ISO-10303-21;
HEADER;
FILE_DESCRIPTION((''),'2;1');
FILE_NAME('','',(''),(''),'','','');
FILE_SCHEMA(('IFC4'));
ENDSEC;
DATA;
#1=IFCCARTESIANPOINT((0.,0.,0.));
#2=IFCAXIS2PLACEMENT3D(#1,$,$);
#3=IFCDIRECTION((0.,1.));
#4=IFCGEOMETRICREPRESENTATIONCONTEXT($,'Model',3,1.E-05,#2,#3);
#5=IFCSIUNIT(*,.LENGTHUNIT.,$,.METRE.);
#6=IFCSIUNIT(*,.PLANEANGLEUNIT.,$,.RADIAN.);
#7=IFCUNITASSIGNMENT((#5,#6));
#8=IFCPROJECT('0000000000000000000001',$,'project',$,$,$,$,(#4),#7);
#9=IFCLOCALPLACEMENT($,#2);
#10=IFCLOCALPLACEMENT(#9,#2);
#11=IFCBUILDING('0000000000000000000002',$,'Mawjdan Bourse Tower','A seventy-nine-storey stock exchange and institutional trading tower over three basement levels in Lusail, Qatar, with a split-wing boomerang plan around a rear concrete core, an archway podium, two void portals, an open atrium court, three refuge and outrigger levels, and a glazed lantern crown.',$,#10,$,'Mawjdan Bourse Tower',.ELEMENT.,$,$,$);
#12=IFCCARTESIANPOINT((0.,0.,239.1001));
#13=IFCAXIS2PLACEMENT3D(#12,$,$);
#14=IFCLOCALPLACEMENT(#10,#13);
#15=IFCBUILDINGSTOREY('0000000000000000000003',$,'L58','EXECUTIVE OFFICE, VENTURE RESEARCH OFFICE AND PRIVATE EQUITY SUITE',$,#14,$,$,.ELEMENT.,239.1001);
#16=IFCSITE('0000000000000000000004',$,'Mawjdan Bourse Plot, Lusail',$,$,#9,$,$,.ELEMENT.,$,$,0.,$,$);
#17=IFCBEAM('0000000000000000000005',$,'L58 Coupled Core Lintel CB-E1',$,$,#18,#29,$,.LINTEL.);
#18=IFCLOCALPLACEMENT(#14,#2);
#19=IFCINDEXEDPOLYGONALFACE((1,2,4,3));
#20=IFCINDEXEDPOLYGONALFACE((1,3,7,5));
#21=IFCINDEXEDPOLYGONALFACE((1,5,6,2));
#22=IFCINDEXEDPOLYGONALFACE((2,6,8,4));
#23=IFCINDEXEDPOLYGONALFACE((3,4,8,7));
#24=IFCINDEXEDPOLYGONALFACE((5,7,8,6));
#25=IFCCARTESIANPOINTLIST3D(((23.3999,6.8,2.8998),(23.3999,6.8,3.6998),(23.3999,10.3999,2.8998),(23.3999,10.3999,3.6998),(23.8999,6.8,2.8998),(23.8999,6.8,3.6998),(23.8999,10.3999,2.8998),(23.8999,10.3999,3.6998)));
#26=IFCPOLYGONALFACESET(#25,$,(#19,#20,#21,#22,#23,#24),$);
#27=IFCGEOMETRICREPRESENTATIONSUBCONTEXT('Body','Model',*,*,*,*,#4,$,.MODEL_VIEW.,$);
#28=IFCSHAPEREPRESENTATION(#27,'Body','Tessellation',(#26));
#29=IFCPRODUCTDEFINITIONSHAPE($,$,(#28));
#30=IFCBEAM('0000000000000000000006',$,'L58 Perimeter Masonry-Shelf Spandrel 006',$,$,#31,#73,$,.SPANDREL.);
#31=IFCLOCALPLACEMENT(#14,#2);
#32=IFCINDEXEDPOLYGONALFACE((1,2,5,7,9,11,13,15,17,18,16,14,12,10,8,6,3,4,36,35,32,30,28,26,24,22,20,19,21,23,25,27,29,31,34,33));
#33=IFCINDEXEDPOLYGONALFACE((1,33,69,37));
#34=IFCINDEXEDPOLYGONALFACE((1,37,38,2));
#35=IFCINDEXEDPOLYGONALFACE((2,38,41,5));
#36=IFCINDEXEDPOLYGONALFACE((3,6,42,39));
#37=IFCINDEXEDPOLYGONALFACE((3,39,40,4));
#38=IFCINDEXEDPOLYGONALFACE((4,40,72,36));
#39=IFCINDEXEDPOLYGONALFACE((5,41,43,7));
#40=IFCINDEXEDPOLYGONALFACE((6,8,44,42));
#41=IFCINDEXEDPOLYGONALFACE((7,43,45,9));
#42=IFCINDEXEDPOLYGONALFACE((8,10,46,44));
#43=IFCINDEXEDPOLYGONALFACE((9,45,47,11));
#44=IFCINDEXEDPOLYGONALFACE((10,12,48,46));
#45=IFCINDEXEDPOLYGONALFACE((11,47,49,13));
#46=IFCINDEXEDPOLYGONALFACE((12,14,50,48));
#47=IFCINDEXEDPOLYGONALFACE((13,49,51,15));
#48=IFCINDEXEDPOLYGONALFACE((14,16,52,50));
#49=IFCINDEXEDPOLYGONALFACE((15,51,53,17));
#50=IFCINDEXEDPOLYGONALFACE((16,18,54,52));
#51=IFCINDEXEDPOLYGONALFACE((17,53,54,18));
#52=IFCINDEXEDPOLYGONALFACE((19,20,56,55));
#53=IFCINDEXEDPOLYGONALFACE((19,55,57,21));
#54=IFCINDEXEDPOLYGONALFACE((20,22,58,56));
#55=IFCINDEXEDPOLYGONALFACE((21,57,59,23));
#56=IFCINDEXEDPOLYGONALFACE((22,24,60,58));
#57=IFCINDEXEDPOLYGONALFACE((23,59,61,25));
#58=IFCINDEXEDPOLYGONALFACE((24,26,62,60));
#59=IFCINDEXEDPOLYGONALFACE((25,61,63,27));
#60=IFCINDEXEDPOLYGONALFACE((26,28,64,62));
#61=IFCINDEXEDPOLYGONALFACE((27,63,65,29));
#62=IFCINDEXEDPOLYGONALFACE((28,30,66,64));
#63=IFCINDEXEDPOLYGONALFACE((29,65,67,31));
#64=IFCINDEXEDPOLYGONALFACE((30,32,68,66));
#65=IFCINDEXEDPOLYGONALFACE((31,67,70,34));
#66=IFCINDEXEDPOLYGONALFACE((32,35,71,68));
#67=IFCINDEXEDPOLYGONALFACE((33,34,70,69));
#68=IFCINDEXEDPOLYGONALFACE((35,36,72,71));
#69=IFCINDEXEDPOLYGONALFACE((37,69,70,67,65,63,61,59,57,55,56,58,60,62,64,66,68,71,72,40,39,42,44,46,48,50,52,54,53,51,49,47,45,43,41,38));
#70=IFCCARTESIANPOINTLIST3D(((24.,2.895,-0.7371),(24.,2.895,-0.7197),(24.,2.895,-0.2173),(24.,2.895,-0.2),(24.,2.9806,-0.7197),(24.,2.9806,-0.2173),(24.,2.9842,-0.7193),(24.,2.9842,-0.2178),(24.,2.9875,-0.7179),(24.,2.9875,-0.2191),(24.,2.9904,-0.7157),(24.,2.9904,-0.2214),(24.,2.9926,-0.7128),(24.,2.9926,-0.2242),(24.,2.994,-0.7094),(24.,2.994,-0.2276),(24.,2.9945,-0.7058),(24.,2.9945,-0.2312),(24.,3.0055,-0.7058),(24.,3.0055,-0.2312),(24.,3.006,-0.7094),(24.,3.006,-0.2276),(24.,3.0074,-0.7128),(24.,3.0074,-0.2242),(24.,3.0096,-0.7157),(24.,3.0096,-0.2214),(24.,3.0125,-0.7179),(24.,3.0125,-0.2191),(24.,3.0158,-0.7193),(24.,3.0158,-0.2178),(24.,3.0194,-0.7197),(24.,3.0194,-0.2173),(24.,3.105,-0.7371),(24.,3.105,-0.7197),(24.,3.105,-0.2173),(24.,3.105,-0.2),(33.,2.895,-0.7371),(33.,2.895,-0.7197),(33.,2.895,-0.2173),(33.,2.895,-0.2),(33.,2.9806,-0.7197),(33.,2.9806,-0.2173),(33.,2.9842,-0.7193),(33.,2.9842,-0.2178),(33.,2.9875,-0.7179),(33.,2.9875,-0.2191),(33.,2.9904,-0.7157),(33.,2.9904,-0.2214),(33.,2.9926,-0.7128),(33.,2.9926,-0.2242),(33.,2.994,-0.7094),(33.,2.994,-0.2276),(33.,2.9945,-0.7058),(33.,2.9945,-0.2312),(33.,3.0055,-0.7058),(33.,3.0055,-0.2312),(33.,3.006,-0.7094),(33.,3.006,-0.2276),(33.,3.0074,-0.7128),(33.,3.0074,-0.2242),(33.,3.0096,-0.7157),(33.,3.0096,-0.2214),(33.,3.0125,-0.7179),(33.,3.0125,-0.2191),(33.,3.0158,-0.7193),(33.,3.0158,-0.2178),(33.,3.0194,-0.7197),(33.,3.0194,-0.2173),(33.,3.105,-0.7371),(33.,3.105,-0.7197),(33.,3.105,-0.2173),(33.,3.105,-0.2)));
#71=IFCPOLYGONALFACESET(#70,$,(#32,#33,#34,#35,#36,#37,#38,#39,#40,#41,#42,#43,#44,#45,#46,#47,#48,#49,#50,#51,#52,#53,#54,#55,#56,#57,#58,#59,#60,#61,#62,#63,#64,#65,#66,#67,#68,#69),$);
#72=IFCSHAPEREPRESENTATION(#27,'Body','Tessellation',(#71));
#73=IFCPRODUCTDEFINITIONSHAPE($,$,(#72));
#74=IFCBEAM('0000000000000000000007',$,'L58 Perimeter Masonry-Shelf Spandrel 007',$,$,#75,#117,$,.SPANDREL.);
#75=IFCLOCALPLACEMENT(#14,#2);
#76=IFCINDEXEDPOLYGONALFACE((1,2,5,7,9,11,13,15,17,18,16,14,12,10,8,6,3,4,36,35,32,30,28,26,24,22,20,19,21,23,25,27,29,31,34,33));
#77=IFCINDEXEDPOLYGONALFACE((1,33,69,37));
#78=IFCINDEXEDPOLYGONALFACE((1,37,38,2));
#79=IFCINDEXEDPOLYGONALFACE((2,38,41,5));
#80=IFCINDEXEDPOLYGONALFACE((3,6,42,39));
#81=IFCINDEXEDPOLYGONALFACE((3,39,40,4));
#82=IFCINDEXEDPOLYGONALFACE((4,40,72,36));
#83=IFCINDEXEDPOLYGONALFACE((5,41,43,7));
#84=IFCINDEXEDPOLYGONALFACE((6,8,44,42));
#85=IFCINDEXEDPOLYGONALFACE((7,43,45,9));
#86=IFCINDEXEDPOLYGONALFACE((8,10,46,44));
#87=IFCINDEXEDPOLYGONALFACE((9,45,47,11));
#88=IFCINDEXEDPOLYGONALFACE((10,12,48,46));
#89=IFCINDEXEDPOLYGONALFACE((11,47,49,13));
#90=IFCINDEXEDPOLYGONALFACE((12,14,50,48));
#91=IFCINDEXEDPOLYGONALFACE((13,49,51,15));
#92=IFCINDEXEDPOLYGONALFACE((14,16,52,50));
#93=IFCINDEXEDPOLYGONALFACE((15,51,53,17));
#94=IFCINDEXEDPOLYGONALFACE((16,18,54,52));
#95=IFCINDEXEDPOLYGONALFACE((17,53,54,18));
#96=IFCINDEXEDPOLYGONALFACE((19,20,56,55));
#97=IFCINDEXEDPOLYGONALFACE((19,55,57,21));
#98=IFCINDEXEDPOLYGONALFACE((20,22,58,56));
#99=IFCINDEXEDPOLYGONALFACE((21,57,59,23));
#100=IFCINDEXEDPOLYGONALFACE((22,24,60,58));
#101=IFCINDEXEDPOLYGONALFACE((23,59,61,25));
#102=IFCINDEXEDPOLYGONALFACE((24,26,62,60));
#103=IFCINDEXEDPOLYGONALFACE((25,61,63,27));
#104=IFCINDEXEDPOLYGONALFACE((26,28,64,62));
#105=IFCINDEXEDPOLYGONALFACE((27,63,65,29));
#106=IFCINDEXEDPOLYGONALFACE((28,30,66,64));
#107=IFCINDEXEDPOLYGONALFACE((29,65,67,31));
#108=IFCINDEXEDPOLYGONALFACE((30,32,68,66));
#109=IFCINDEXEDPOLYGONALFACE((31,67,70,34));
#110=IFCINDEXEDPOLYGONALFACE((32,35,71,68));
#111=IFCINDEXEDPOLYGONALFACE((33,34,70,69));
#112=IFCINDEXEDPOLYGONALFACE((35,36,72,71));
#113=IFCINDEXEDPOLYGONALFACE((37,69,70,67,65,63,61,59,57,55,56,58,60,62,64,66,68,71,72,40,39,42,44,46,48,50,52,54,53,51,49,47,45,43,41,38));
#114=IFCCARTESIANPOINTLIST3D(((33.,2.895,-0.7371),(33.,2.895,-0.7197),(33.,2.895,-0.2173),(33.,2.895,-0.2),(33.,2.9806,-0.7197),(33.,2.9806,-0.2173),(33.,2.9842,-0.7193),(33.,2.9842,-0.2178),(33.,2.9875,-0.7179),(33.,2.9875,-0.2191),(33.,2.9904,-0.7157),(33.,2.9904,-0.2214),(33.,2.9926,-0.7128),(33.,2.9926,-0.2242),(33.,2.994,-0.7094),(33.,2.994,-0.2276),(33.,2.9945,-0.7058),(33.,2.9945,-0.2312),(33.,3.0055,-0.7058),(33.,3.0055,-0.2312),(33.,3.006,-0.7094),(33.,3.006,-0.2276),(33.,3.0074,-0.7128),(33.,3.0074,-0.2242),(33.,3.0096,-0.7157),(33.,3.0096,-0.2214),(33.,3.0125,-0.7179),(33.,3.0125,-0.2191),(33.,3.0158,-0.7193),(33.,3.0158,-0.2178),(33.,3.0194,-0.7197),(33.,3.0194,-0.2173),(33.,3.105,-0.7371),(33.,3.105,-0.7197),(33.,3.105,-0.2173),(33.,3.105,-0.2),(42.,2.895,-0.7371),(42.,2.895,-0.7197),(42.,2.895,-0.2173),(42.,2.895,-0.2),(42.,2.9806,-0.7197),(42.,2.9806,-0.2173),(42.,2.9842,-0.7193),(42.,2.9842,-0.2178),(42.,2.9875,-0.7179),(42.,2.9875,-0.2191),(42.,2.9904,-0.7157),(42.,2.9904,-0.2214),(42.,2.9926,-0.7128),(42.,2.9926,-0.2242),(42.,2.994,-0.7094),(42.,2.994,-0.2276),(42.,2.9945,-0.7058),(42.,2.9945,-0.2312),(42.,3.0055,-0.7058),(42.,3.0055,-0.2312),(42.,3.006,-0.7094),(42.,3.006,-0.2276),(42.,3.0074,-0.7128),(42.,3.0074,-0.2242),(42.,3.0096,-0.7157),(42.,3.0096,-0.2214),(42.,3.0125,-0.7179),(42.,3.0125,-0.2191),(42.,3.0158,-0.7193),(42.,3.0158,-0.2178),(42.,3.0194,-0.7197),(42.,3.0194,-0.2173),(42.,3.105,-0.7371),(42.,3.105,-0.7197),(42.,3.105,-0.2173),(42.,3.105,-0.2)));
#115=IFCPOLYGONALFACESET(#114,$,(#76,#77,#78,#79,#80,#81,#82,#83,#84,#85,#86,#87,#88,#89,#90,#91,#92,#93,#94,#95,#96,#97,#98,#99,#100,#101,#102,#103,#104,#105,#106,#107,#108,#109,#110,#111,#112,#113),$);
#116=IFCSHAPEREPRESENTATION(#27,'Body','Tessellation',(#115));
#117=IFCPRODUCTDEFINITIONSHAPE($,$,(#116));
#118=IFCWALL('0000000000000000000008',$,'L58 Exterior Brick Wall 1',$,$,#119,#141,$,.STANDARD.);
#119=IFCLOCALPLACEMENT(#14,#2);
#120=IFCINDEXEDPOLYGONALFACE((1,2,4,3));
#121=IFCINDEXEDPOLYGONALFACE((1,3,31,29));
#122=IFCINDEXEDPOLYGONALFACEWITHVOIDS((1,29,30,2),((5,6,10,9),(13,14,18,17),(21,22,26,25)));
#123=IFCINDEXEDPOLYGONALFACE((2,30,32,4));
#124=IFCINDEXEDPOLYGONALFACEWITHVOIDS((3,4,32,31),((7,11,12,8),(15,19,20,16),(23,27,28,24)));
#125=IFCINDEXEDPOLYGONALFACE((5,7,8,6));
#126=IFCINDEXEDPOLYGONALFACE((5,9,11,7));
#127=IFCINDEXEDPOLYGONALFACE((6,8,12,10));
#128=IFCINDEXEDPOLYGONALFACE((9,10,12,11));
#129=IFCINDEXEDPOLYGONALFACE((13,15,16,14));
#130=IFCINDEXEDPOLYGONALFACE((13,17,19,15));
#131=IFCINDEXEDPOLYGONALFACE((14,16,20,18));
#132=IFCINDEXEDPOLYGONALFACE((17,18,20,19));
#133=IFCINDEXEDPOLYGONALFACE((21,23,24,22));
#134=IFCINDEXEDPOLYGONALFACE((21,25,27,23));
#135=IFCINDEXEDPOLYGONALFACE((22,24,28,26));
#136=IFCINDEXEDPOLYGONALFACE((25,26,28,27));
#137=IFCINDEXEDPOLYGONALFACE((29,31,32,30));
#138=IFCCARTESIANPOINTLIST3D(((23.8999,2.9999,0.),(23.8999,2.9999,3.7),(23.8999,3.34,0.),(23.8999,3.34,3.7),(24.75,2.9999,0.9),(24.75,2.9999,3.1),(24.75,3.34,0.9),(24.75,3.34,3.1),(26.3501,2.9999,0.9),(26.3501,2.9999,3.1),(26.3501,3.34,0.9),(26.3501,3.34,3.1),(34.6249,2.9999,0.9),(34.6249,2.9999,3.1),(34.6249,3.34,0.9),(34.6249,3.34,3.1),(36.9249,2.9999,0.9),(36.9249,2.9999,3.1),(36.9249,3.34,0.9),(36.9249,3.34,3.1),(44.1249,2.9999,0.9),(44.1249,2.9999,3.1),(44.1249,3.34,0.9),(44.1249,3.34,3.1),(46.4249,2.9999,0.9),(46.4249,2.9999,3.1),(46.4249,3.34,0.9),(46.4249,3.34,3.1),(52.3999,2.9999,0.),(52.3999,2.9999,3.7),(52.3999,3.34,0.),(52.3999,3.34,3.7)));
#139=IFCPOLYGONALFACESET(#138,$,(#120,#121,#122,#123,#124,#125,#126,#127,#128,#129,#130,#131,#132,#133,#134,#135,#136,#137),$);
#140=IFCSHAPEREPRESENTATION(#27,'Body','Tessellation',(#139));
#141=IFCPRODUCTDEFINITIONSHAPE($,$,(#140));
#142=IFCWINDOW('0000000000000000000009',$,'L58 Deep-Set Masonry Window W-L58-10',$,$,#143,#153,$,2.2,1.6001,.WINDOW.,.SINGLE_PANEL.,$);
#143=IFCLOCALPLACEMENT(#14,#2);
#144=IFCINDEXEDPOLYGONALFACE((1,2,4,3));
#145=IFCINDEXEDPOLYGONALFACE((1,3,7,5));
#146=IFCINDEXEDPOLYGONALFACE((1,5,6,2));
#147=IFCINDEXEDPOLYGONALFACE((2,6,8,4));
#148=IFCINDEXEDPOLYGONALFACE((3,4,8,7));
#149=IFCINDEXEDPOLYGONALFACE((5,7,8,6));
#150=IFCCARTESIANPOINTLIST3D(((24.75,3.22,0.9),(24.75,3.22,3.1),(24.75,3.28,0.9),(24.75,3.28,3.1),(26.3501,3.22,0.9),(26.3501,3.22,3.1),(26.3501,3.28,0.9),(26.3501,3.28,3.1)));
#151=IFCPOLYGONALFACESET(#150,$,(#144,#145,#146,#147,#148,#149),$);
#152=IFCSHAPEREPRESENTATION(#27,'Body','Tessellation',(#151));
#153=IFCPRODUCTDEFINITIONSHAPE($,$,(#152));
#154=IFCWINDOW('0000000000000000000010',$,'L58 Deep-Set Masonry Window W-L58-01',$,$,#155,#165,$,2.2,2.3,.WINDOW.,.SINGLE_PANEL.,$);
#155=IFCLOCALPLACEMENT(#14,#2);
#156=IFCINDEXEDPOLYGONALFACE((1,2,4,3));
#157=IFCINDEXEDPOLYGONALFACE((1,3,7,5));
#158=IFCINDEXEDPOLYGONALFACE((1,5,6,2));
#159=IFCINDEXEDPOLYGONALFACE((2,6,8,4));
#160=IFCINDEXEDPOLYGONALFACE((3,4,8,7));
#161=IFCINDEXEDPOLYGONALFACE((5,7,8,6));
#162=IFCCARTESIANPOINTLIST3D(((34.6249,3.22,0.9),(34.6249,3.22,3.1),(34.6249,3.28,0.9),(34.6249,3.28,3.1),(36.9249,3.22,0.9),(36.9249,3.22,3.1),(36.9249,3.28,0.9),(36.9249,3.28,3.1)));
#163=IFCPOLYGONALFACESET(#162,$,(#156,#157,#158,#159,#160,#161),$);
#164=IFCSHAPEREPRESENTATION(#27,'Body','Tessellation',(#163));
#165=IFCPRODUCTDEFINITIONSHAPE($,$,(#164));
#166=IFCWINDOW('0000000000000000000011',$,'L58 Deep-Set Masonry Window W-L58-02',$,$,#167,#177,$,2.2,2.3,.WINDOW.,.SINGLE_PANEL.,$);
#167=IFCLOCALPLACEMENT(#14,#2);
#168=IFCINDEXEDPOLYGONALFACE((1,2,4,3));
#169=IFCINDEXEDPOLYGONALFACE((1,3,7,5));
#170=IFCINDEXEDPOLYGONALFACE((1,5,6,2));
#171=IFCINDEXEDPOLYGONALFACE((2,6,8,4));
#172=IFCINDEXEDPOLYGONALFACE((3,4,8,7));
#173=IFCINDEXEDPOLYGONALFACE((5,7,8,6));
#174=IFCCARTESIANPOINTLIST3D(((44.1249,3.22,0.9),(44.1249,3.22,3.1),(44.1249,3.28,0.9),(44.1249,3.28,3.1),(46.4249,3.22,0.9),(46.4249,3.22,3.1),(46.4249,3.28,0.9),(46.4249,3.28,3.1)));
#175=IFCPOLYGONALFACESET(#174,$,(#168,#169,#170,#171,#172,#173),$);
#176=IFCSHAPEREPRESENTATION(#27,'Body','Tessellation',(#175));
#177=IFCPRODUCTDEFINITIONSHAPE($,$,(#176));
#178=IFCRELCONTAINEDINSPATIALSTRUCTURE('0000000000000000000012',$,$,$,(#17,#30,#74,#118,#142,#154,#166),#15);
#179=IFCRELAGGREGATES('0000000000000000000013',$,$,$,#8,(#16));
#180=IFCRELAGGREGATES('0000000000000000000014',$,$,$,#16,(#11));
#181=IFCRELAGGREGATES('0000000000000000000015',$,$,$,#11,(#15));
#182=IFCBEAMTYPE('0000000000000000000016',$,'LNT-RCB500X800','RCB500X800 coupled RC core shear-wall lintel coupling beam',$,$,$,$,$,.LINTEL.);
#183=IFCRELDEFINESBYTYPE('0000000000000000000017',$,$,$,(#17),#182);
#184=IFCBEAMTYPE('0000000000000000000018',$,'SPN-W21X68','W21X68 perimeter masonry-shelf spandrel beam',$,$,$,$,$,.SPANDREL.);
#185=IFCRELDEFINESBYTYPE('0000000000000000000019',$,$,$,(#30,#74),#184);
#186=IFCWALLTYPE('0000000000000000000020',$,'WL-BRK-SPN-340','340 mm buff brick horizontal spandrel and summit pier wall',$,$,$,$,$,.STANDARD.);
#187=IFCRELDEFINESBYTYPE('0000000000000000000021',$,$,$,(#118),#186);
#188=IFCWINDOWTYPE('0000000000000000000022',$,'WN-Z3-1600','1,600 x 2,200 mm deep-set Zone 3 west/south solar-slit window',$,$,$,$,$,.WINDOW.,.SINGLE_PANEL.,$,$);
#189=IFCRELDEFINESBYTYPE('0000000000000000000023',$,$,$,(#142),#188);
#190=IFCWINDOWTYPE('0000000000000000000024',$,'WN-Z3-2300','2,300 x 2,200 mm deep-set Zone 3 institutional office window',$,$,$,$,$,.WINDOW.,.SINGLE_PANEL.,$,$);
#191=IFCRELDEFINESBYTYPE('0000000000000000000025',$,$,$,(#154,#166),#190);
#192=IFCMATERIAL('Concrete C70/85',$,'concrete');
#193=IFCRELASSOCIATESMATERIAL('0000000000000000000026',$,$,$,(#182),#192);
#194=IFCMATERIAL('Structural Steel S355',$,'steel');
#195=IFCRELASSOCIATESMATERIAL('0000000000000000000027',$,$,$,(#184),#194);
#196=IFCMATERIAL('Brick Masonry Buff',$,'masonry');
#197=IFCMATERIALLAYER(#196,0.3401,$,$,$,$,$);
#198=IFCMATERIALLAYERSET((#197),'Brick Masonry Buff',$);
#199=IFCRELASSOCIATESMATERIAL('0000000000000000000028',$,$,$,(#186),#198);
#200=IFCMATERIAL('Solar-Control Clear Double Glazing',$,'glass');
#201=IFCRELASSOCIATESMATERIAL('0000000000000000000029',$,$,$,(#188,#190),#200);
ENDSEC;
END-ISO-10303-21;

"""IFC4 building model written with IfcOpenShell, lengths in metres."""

from ifc_helpers import new_model, si_unit, direction, frame, frame_2d, origin, origin_2d, place, context, subcontext, project, spatial, rectangle, i_section, extrude, material, layer, layer_set, material_profile, profile_set, type_object, element, fill, save


model = new_model("IFC4")

# Units and contexts
model_context = context("Model", 3, precision=1e-05, world=origin(), true_north=direction((0.0, 1.0)))
body_context = subcontext(model_context, "Body", "Model", "MODEL_VIEW")
ifc_project = project(units=[si_unit("LENGTHUNIT", "METRE"), si_unit("PLANEANGLEUNIT", "RADIAN")], contexts=[model_context])

# Site, building, storey
site_placement = place(None, origin())
site = spatial("IfcSite", under=ifc_project, at=site_placement, Name="Mawjdan Bourse Plot, Lusail", CompositionType="ELEMENT", RefElevation=0.0)
building_placement = place(site_placement, origin())
building = spatial("IfcBuilding", under=site, at=building_placement, Name="Mawjdan Bourse Tower", Description="A seventy-nine-storey stock exchange and institutional trading tower over three basement levels in Lusail, Qatar, with a split-wing boomerang plan around a rear concrete core, an archway podium, two void portals, an open atrium court, three refuge and outrigger levels, and a glazed lantern crown.", LongName="Mawjdan Bourse Tower", CompositionType="ELEMENT")
storey_placement = place(building_placement, frame((0.0, 0.0, 239.1001)))
storey = spatial("IfcBuildingStorey", under=building, at=storey_placement, Name="L58", Description="EXECUTIVE OFFICE, VENTURE RESEARCH OFFICE AND PRIVATE EQUITY SUITE", CompositionType="ELEMENT", Elevation=239.1001)

# Beams
ifc_material_1 = material(Name="Structural Steel S355", Category="steel")
ifc_material_2 = material(Name="Concrete C70/85", Category="concrete")
ifc_material_profile_1 = material_profile(ifc_material_2, rectangle(XDim=0.5, YDim=0.8, at=origin_2d()), Name="RCB500X800")
ifc_profile_set_1 = profile_set([ifc_material_profile_1], Name="Concrete C70/85")
beam_type_1 = type_object("IfcBeamType", Name="LNT-RCB500X800", Description="RCB500X800 coupled RC core shear-wall lintel coupling beam", PredefinedType="LINTEL", material=ifc_profile_set_1)
beam_1_placement = place(storey_placement, frame((23.6499, 6.8, 3.2998), z_axis=(0.0, 1.0, 0.0), x_axis=(-1.0, 0.0, 0.0)))
element("IfcBeam", 1, at=beam_1_placement, inside=storey, type_object=beam_type_1, Name="L58 Coupled Core Lintel CB-E1", PredefinedType="LINTEL", context=body_context, shape_type="SweptSolid", body=[
    extrude(rectangle(XDim=0.5, YDim=0.8, at=origin_2d()), origin(), (0.0, 0.0, 1.0), 3.5999),
])
ifc_material_profile_2 = material_profile(ifc_material_1, i_section(OverallWidth=0.21, OverallDepth=0.5371, WebThickness=0.011, FlangeThickness=0.0173, FilletRadius=0.0139, at=origin_2d()), Name="W21X68")
ifc_profile_set_2 = profile_set([ifc_material_profile_2], Name="Structural Steel S355")
beam_type_2 = type_object("IfcBeamType", Name="SPN-W21X68", Description="W21X68 perimeter masonry-shelf spandrel beam", PredefinedType="SPANDREL", material=ifc_profile_set_2)
for number, where, z_axis, x_axis, name in (
    (2, (24.0, 3.0, -0.4685), (1.0, 0.0, 0.0), (0.0, 1.0, 0.0), "L58 Perimeter Masonry-Shelf Spandrel 006"),
    (3, (33.0, 3.0, -0.4685), (1.0, 0.0, 0.0), (0.0, 1.0, 0.0), "L58 Perimeter Masonry-Shelf Spandrel 007"),
):
    element("IfcBeam", number, at=place(storey_placement, frame(where, z_axis=z_axis, x_axis=x_axis)), inside=storey, type_object=beam_type_2, Name=name, PredefinedType="SPANDREL", context=body_context, shape_type="SweptSolid", body=[
        extrude(i_section(OverallWidth=0.21, OverallDepth=0.5371, WebThickness=0.011, FlangeThickness=0.0173, FilletRadius=0.0139, at=origin_2d()), origin(), (0.0, 0.0, 1.0), 9.0),
    ])

# Wall, openings, windows
ifc_material_3 = material(Name="Brick Masonry Buff", Category="masonry")
ifc_layer_1 = layer(ifc_material_3, 0.3401)
ifc_layer_set_1 = layer_set([ifc_layer_1], Name="Brick Masonry Buff")
wall_type_1 = type_object("IfcWallType", Name="WL-BRK-SPN-340", Description="340 mm buff brick horizontal spandrel and summit pier wall", PredefinedType="STANDARD", material=ifc_layer_set_1)
wall_1_placement = place(storey_placement, frame((23.8999, 3.1699, 0.0), z_axis=(0.0, 0.0, 1.0), x_axis=(1.0, 0.0, 0.0)))
wall_1 = element("IfcWall", 4, at=wall_1_placement, inside=storey, type_object=wall_type_1, Name="L58 Exterior Brick Wall 1", PredefinedType="STANDARD", context=body_context, shape_type="SweptSolid", body=[
    extrude(rectangle(XDim=28.5, YDim=0.3401, at=frame_2d((14.25, 0.0))), origin(), (0.0, 0.0, 1.0), 3.7),
])
opening_1_placement = place(wall_1_placement, frame((10.7251, 0.0, 0.8999)))
opening_1 = element("IfcOpeningElement", 5, at=opening_1_placement, cuts=wall_1, PredefinedType="OPENING", context=body_context, shape_type="SweptSolid", body=[
    extrude(rectangle(XDim=2.3, YDim=2.2, at=frame_2d((1.1499, 1.1001))), frame((0.0, 0.1802, 0.0), z_axis=(0.0, -1.0, 0.0), x_axis=(1.0, 0.0, 0.0)), (0.0, 0.0, 1.0), 0.3601),
])
opening_2_placement = place(wall_1_placement, frame((20.2251, 0.0, 0.8999)))
opening_2 = element("IfcOpeningElement", 6, at=opening_2_placement, cuts=wall_1, PredefinedType="OPENING", context=body_context, shape_type="SweptSolid", body=[
    extrude(rectangle(XDim=2.3, YDim=2.2, at=frame_2d((1.1499, 1.1001))), frame((0.0, 0.1802, 0.0), z_axis=(0.0, -1.0, 0.0), x_axis=(1.0, 0.0, 0.0)), (0.0, 0.0, 1.0), 0.3601),
])
opening_3_placement = place(wall_1_placement, frame((0.8501, 0.0, 0.8999)))
opening_3 = element("IfcOpeningElement", 7, at=opening_3_placement, cuts=wall_1, PredefinedType="OPENING", context=body_context, shape_type="SweptSolid", body=[
    extrude(rectangle(XDim=1.6001, YDim=2.2, at=frame_2d((0.8, 1.1001))), frame((0.0, 0.1802, 0.0), z_axis=(0.0, -1.0, 0.0), x_axis=(1.0, 0.0, 0.0)), (0.0, 0.0, 1.0), 0.3601),
])
ifc_material_4 = material(Name="Solar-Control Clear Double Glazing", Category="glass")
window_type_1 = type_object("IfcWindowType", Name="WN-Z3-1600", Description="1,600 x 2,200 mm deep-set Zone 3 west/south solar-slit window", PartitioningType="SINGLE_PANEL", PredefinedType="WINDOW", material=ifc_material_4)
window_1_placement = place(opening_3_placement, origin())
window_1 = element("IfcWindow", 8, at=window_1_placement, inside=storey, type_object=window_type_1, Name="L58 Deep-Set Masonry Window W-L58-10", OverallHeight=2.2, OverallWidth=1.6001, PartitioningType="SINGLE_PANEL", PredefinedType="WINDOW", context=body_context, shape_type="SweptSolid", body=[
    extrude(rectangle(XDim=1.6001, YDim=2.2, at=frame_2d((0.8, 1.1001))), frame((0.0, 0.1101, 0.0), z_axis=(0.0, -1.0, 0.0), x_axis=(1.0, 0.0, 0.0)), (0.0, 0.0, 1.0), 0.0601),
])
fill(opening_3, window_1)
window_type_2 = type_object("IfcWindowType", Name="WN-Z3-2300", Description="2,300 x 2,200 mm deep-set Zone 3 institutional office window", PartitioningType="SINGLE_PANEL", PredefinedType="WINDOW", material=ifc_material_4)
window_2_placement = place(opening_1_placement, origin())
window_2 = element("IfcWindow", 9, at=window_2_placement, inside=storey, type_object=window_type_2, Name="L58 Deep-Set Masonry Window W-L58-01", OverallHeight=2.2, OverallWidth=2.3, PartitioningType="SINGLE_PANEL", PredefinedType="WINDOW", context=body_context, shape_type="SweptSolid", body=[
    extrude(rectangle(XDim=2.3, YDim=2.2, at=frame_2d((1.1499, 1.1001))), frame((0.0, 0.1101, 0.0), z_axis=(0.0, -1.0, 0.0), x_axis=(1.0, 0.0, 0.0)), (0.0, 0.0, 1.0), 0.0601),
])
fill(opening_1, window_2)
window_3_placement = place(opening_2_placement, origin())
window_3 = element("IfcWindow", 10, at=window_3_placement, inside=storey, type_object=window_type_2, Name="L58 Deep-Set Masonry Window W-L58-02", OverallHeight=2.2, OverallWidth=2.3, PartitioningType="SINGLE_PANEL", PredefinedType="WINDOW", context=body_context, shape_type="SweptSolid", body=[
    extrude(rectangle(XDim=2.3, YDim=2.2, at=frame_2d((1.1499, 1.1001))), frame((0.0, 0.1101, 0.0), z_axis=(0.0, -1.0, 0.0), x_axis=(1.0, 0.0, 0.0)), (0.0, 0.0, 1.0), 0.0601),
])
fill(opening_2, window_3)

save(model, "model.ifc")
